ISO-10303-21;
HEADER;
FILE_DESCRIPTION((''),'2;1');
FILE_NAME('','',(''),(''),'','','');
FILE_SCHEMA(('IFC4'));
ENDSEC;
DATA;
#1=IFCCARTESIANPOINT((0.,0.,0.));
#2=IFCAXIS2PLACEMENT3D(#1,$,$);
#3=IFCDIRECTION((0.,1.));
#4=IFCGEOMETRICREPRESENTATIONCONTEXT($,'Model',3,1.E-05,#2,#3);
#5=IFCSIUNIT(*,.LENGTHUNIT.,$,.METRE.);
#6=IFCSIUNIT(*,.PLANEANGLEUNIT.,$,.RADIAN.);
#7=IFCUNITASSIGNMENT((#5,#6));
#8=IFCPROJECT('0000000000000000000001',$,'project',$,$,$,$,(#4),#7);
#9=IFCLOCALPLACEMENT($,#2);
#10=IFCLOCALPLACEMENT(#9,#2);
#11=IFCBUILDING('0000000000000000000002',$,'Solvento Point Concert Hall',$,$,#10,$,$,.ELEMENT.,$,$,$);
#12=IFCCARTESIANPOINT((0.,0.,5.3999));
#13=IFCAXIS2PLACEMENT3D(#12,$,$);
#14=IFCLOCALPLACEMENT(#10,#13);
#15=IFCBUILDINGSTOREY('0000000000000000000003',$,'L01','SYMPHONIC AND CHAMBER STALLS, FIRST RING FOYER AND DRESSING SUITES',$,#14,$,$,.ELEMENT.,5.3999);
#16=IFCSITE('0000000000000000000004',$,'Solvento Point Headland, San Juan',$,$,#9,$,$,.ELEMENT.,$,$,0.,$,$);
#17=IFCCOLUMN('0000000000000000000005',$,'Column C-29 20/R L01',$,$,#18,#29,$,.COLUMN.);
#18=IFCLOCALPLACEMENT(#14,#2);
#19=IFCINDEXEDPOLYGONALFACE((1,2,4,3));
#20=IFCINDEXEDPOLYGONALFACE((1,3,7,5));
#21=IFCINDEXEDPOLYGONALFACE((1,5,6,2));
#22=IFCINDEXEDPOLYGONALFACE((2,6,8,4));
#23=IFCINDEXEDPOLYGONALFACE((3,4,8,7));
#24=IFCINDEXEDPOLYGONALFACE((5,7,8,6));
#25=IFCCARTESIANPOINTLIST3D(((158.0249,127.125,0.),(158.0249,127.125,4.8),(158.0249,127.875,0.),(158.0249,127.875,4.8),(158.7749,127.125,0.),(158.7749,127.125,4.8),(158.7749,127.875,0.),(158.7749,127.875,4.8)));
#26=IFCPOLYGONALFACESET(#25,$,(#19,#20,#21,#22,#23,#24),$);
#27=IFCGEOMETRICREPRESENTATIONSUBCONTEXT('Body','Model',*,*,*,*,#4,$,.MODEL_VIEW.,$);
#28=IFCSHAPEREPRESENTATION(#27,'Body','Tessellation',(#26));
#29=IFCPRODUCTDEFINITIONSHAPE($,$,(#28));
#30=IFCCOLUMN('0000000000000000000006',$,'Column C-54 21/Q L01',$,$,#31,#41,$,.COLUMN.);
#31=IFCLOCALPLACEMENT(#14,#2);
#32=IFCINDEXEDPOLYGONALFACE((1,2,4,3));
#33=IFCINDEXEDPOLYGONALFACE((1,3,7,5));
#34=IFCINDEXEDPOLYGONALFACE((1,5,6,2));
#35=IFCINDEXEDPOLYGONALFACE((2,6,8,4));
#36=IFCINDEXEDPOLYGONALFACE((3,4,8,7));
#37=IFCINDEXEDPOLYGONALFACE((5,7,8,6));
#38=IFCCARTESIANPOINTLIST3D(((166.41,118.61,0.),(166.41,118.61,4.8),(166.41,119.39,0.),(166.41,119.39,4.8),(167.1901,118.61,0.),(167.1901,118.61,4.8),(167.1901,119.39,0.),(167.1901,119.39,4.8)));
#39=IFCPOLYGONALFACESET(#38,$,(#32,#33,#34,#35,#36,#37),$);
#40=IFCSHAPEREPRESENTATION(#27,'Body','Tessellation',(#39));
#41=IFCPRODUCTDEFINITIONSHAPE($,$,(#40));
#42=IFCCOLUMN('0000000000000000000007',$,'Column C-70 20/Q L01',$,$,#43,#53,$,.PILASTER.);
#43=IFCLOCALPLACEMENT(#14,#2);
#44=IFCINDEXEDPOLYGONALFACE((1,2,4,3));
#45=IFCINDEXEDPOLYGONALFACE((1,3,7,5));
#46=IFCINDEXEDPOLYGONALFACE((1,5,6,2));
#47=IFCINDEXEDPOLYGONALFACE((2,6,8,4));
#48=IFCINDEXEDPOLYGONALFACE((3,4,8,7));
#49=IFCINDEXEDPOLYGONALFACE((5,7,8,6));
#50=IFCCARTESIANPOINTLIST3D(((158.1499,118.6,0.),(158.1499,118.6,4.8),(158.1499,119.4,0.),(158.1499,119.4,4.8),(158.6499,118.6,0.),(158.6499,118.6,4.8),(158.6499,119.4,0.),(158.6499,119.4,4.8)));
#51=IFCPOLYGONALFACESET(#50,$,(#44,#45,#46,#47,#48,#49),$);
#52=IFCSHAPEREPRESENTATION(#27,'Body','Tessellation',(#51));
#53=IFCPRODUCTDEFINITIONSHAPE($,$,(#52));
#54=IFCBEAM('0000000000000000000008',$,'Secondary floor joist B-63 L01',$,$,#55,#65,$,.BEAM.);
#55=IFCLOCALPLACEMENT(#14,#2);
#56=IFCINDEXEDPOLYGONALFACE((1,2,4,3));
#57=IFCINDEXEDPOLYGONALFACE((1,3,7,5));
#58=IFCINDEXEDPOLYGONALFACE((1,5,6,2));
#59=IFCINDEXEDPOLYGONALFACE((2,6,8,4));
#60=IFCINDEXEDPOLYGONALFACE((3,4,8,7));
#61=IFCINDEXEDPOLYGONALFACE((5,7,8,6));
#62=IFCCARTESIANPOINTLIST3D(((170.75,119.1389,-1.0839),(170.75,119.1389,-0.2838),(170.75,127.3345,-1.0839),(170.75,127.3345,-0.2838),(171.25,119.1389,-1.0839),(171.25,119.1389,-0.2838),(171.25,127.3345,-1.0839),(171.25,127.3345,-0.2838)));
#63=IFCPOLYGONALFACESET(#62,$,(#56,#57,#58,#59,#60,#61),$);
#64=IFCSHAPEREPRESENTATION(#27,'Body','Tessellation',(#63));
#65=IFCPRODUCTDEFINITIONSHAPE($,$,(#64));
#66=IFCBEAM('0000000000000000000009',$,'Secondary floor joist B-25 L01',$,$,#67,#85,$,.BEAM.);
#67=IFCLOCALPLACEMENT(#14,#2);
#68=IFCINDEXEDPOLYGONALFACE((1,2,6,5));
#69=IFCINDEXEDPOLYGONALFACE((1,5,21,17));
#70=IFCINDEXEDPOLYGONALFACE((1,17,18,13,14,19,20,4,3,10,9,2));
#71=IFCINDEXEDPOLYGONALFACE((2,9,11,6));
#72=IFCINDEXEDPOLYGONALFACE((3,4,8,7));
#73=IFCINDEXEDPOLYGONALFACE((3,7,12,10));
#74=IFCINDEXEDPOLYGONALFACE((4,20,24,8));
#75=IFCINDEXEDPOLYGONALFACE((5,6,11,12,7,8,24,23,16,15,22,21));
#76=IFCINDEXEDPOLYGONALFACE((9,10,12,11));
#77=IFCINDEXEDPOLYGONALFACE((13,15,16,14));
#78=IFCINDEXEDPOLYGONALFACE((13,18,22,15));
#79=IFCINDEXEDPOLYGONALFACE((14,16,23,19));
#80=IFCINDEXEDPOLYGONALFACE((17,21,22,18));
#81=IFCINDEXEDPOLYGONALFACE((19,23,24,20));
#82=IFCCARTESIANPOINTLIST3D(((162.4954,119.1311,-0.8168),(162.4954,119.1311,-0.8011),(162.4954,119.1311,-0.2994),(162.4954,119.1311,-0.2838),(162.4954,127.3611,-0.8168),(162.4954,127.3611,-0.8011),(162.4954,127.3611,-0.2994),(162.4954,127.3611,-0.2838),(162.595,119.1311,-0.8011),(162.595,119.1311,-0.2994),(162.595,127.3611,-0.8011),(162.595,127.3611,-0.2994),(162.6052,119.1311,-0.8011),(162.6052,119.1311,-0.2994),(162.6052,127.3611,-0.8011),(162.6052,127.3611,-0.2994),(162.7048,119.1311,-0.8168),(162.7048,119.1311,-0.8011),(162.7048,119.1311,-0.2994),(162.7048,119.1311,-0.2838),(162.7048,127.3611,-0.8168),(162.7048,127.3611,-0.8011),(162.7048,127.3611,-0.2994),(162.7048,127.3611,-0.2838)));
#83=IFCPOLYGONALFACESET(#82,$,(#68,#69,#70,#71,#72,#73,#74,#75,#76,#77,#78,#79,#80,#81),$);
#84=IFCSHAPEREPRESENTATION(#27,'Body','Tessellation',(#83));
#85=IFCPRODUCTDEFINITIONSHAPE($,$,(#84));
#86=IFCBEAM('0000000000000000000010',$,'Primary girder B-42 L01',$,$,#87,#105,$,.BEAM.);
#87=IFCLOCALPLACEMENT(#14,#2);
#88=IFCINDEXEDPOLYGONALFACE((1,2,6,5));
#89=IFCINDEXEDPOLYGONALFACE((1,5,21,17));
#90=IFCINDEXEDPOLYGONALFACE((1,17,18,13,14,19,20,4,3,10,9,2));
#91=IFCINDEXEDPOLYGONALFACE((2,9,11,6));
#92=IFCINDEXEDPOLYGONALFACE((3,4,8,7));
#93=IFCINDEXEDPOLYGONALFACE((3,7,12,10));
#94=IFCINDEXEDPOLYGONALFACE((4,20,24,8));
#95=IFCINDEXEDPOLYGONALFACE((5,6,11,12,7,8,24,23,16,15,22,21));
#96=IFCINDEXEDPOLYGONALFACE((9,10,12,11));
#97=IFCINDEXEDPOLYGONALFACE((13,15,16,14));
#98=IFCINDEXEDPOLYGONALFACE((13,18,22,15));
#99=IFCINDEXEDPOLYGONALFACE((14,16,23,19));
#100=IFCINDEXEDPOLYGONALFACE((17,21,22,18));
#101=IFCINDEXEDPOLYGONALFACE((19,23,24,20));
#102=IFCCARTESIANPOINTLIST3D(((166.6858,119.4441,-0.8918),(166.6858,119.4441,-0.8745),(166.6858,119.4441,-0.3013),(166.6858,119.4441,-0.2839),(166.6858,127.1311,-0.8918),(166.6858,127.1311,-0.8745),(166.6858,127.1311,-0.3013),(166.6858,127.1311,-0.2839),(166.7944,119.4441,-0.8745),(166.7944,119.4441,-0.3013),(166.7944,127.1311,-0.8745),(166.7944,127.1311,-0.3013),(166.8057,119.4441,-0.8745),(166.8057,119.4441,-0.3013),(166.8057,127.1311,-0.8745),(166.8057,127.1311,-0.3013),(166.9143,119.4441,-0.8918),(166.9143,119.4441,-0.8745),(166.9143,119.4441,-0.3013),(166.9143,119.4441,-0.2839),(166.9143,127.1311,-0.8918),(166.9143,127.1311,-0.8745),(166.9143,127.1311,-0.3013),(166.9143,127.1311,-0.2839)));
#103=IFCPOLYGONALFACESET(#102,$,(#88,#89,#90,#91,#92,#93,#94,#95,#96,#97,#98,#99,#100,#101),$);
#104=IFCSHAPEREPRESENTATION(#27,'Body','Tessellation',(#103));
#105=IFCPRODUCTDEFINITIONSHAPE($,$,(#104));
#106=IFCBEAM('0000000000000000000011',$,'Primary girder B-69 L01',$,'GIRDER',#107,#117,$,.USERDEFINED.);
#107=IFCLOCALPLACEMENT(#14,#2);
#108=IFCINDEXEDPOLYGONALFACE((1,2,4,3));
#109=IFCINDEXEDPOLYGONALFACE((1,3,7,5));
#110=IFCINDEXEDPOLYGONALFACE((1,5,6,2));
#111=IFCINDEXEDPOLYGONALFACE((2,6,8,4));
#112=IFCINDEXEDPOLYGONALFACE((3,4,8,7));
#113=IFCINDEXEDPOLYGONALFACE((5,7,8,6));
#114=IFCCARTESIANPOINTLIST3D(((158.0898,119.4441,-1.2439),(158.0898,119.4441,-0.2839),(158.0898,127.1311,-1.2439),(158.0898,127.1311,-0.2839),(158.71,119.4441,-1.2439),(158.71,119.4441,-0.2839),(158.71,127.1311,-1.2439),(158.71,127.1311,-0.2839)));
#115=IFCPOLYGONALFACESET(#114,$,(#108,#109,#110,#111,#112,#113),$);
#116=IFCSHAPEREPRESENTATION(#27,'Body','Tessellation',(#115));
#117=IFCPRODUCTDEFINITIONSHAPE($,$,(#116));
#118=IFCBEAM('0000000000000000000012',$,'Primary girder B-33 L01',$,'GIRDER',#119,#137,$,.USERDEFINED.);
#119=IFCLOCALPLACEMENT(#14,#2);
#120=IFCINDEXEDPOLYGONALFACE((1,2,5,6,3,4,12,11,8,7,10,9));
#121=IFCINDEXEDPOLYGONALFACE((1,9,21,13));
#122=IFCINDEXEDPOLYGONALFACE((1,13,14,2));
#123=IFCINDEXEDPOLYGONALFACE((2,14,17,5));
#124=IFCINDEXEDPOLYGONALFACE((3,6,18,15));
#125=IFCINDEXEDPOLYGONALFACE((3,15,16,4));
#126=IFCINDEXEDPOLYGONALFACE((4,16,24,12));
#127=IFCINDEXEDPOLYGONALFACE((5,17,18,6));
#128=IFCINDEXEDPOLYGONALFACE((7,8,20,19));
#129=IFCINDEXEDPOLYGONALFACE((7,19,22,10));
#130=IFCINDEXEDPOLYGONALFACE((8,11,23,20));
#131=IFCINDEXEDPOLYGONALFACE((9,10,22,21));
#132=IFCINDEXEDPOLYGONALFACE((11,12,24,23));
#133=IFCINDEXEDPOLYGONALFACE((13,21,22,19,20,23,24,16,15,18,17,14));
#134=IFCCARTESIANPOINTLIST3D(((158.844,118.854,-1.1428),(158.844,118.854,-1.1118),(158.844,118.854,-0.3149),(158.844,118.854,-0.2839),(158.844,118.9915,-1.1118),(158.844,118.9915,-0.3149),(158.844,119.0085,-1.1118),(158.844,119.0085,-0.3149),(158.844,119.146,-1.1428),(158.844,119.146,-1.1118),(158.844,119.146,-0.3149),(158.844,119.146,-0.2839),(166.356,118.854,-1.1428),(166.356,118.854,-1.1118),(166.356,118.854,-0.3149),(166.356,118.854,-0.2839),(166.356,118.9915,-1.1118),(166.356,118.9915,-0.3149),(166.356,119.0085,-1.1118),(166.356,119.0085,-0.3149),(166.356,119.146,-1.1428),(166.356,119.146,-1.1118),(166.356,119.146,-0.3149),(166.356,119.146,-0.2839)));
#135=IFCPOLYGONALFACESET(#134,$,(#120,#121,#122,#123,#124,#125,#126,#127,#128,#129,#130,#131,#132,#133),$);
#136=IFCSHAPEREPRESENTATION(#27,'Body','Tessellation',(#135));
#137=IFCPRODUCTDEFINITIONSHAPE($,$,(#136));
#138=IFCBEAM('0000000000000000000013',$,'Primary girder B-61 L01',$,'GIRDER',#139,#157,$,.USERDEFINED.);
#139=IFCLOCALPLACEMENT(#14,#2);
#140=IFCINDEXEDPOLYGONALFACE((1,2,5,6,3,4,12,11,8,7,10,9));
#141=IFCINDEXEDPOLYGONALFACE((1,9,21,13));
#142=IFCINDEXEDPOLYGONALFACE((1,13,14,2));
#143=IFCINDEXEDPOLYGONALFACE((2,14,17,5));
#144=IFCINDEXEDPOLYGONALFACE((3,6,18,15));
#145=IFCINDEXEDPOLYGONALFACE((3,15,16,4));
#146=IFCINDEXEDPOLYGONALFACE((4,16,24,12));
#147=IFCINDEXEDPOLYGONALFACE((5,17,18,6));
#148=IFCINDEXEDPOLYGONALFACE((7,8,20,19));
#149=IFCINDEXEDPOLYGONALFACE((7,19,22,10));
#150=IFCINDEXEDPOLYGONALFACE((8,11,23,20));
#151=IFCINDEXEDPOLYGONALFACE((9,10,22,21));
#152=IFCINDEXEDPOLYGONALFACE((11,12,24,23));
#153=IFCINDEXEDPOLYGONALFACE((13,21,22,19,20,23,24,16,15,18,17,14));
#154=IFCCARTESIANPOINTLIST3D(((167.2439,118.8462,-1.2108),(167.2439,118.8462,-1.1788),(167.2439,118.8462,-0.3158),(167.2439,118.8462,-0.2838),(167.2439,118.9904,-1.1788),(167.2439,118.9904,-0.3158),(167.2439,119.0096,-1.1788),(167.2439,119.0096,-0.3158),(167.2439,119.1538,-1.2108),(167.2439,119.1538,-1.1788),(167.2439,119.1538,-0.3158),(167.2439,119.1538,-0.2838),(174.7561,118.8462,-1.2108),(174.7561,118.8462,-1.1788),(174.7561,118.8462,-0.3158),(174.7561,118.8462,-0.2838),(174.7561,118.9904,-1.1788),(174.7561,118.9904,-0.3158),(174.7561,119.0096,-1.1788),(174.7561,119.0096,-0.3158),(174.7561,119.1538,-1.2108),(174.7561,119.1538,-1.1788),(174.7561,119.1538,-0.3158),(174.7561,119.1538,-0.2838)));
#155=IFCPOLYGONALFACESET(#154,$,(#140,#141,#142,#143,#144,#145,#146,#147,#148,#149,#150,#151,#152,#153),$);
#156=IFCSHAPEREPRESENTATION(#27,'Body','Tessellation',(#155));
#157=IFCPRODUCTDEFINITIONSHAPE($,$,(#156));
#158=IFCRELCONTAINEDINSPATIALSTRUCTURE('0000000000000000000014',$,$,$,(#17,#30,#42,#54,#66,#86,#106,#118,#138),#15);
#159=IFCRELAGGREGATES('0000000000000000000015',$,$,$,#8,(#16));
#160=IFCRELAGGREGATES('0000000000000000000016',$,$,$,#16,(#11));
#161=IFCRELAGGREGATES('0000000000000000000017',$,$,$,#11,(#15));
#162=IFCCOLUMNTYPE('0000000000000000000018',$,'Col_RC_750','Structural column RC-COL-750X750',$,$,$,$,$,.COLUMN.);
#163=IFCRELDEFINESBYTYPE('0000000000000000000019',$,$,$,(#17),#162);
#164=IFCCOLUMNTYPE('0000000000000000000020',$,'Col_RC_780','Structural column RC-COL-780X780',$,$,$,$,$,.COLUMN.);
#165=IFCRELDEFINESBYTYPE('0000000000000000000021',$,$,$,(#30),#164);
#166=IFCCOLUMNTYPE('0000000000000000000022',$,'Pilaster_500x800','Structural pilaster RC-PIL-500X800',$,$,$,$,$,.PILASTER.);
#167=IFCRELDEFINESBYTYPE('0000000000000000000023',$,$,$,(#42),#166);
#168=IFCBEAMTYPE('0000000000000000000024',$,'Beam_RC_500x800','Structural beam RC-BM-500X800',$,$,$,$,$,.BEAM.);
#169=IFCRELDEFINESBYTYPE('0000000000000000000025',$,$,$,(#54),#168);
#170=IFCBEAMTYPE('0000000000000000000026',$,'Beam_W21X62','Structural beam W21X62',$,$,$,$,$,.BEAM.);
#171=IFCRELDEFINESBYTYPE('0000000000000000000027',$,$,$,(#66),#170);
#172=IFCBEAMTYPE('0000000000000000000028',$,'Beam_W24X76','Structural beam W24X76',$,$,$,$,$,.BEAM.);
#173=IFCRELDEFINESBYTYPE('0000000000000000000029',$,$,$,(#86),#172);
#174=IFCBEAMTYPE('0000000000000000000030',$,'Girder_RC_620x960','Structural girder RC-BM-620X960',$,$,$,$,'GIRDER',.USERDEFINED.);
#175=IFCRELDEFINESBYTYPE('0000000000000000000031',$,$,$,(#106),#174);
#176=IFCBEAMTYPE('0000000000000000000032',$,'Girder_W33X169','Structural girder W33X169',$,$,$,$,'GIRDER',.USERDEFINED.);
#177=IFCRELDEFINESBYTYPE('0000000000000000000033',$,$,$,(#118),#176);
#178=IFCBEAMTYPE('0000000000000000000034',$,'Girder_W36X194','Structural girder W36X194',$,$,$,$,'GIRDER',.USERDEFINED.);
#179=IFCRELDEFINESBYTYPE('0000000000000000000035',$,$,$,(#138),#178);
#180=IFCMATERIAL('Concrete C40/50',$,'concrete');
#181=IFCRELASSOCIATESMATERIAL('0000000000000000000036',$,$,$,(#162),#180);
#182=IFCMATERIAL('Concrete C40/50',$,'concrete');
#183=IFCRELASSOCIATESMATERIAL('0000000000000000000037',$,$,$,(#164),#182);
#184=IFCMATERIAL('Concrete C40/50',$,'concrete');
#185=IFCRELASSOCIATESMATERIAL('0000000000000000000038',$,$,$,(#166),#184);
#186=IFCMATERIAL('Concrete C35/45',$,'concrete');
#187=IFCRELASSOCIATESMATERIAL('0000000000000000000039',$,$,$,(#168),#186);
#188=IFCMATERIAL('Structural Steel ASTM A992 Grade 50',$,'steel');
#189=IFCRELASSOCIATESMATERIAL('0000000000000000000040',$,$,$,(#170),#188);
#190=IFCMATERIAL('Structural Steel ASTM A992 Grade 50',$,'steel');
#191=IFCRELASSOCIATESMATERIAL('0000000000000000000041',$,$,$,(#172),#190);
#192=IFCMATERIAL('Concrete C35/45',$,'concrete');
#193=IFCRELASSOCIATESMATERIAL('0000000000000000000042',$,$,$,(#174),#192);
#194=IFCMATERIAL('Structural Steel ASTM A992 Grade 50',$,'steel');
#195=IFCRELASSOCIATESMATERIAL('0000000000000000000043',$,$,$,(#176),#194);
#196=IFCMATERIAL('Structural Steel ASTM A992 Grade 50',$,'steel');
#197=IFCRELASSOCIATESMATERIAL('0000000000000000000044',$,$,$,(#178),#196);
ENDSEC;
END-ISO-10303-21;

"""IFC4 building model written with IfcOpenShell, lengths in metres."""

from ifc_helpers import new_model, si_unit, direction, frame, origin, origin_2d, place, context, subcontext, project, spatial, rectangle, i_section, extrude, material, material_profile, profile_set, type_object, element, save


model = new_model("IFC4")

# Units and contexts
model_context = context("Model", 3, precision=1e-05, world=origin(), true_north=direction((0.0, 1.0)))
body_context = subcontext(model_context, "Body", "Model", "MODEL_VIEW")
ifc_project = project(units=[si_unit("LENGTHUNIT", "METRE"), si_unit("PLANEANGLEUNIT", "RADIAN")], contexts=[model_context])

# Site, building, storey
site_placement = place(None, origin())
site = spatial("IfcSite", under=ifc_project, at=site_placement, Name="Solvento Point Headland, San Juan", CompositionType="ELEMENT", RefElevation=0.0)
building_placement = place(site_placement, origin())
building = spatial("IfcBuilding", under=site, at=building_placement, Name="Solvento Point Concert Hall", CompositionType="ELEMENT")
storey_placement = place(building_placement, frame((0.0, 0.0, 5.3999)))
storey = spatial("IfcBuildingStorey", under=building, at=storey_placement, Name="L01", Description="SYMPHONIC AND CHAMBER STALLS, FIRST RING FOYER AND DRESSING SUITES", CompositionType="ELEMENT", Elevation=5.3999)

# Columns
ifc_material_1 = material(Name="Concrete C40/50", Category="concrete")
ifc_material_profile_1 = material_profile(ifc_material_1, rectangle(XDim=0.75, YDim=0.75, at=origin_2d()), Name="RC-COL-750X750")
ifc_profile_set_1 = profile_set([ifc_material_profile_1], Name="Concrete C40/50")
column_type_1 = type_object("IfcColumnType", Name="Col_RC_750", Description="Structural column RC-COL-750X750", PredefinedType="COLUMN", material=ifc_profile_set_1)
column_1_placement = place(storey_placement, frame((158.3999, 127.5, 0.0), z_axis=(0.0, 0.0, 1.0), x_axis=(1.0, 0.0, 0.0)))
element("IfcColumn", 1, at=column_1_placement, inside=storey, type_object=column_type_1, Name="Column C-29 20/R L01", PredefinedType="COLUMN", context=body_context, shape_type="SweptSolid", body=[
    extrude(rectangle(XDim=0.75, YDim=0.75, at=origin_2d()), origin(), (0.0, 0.0, 1.0), 4.8),
])
ifc_material_2 = material(Name="Concrete C40/50", Category="concrete")
ifc_material_profile_2 = material_profile(ifc_material_2, rectangle(XDim=0.78, YDim=0.78, at=origin_2d()), Name="RC-COL-780X780")
ifc_profile_set_2 = profile_set([ifc_material_profile_2], Name="Concrete C40/50")
column_type_2 = type_object("IfcColumnType", Name="Col_RC_780", Description="Structural column RC-COL-780X780", PredefinedType="COLUMN", material=ifc_profile_set_2)
column_2_placement = place(storey_placement, frame((166.8, 119.0, 0.0), z_axis=(0.0, 0.0, 1.0), x_axis=(1.0, 0.0, 0.0)))
element("IfcColumn", 2, at=column_2_placement, inside=storey, type_object=column_type_2, Name="Column C-54 21/Q L01", PredefinedType="COLUMN", context=body_context, shape_type="SweptSolid", body=[
    extrude(rectangle(XDim=0.78, YDim=0.78, at=origin_2d()), origin(), (0.0, 0.0, 1.0), 4.8),
])
ifc_material_3 = material(Name="Concrete C40/50", Category="concrete")
ifc_material_profile_3 = material_profile(ifc_material_3, rectangle(XDim=0.5, YDim=0.8, at=origin_2d()), Name="RC-PIL-500X800")
ifc_profile_set_3 = profile_set([ifc_material_profile_3], Name="Concrete C40/50")
column_type_3 = type_object("IfcColumnType", Name="Pilaster_500x800", Description="Structural pilaster RC-PIL-500X800", PredefinedType="PILASTER", material=ifc_profile_set_3)
column_3_placement = place(storey_placement, frame((158.3999, 119.0, 0.0), z_axis=(0.0, 0.0, 1.0), x_axis=(1.0, 0.0, 0.0)))
element("IfcColumn", 3, at=column_3_placement, inside=storey, type_object=column_type_3, Name="Column C-70 20/Q L01", PredefinedType="PILASTER", context=body_context, shape_type="SweptSolid", body=[
    extrude(rectangle(XDim=0.5, YDim=0.8, at=origin_2d()), origin(), (0.0, 0.0, 1.0), 4.8),
])

# Beams
ifc_material_4 = material(Name="Concrete C35/45", Category="concrete")
ifc_material_profile_4 = material_profile(ifc_material_4, rectangle(XDim=0.5, YDim=0.8, at=origin_2d()), Name="RC-BM-500X800")
ifc_profile_set_4 = profile_set([ifc_material_profile_4], Name="Concrete C35/45")
beam_type_1 = type_object("IfcBeamType", Name="Beam_RC_500x800", Description="Structural beam RC-BM-500X800", PredefinedType="BEAM", material=ifc_profile_set_4)
beam_1_placement = place(storey_placement, frame((171.0, 119.1389, -0.6838), z_axis=(0.0, 1.0, 0.0), x_axis=(-1.0, 0.0, 0.0)))
element("IfcBeam", 4, at=beam_1_placement, inside=storey, type_object=beam_type_1, Name="Secondary floor joist B-63 L01", PredefinedType="BEAM", context=body_context, shape_type="SweptSolid", body=[
    extrude(rectangle(XDim=0.5, YDim=0.8, at=origin_2d()), origin(), (0.0, 0.0, 1.0), 8.1956),
])
ifc_material_5 = material(Name="Structural Steel ASTM A992 Grade 50", Category="steel")
ifc_material_profile_5 = material_profile(ifc_material_5, i_section(OverallWidth=0.2095, OverallDepth=0.533, WebThickness=0.0103, FlangeThickness=0.0156, at=origin_2d()), Name="W21X62")
ifc_profile_set_5 = profile_set([ifc_material_profile_5], Name="Structural Steel ASTM A992 Grade 50")
beam_type_2 = type_object("IfcBeamType", Name="Beam_W21X62", Description="Structural beam W21X62", PredefinedType="BEAM", material=ifc_profile_set_5)
beam_2_placement = place(storey_placement, frame((162.6001, 119.1311, -0.5503), z_axis=(0.0, 1.0, 0.0), x_axis=(-1.0, 0.0, 0.0)))
element("IfcBeam", 5, at=beam_2_placement, inside=storey, type_object=beam_type_2, Name="Secondary floor joist B-25 L01", PredefinedType="BEAM", context=body_context, shape_type="SweptSolid", body=[
    extrude(i_section(OverallWidth=0.2095, OverallDepth=0.533, WebThickness=0.0103, FlangeThickness=0.0156, at=origin_2d()), origin(), (0.0, 0.0, 1.0), 8.23),
])
ifc_material_6 = material(Name="Structural Steel ASTM A992 Grade 50", Category="steel")
ifc_material_profile_6 = material_profile(ifc_material_6, i_section(OverallWidth=0.2285, OverallDepth=0.6079, WebThickness=0.0112, FlangeThickness=0.0173, at=origin_2d()), Name="W24X76")
ifc_profile_set_6 = profile_set([ifc_material_profile_6], Name="Structural Steel ASTM A992 Grade 50")
beam_type_3 = type_object("IfcBeamType", Name="Beam_W24X76", Description="Structural beam W24X76", PredefinedType="BEAM", material=ifc_profile_set_6)
beam_3_placement = place(storey_placement, frame((166.8, 119.4441, -0.5879), z_axis=(0.0, 1.0, 0.0), x_axis=(-1.0, 0.0, 0.0)))
element("IfcBeam", 6, at=beam_3_placement, inside=storey, type_object=beam_type_3, Name="Primary girder B-42 L01", PredefinedType="BEAM", context=body_context, shape_type="SweptSolid", body=[
    extrude(i_section(OverallWidth=0.2285, OverallDepth=0.6079, WebThickness=0.0112, FlangeThickness=0.0173, at=origin_2d()), origin(), (0.0, 0.0, 1.0), 7.687),
])
ifc_material_7 = material(Name="Concrete C35/45", Category="concrete")
ifc_material_profile_7 = material_profile(ifc_material_7, rectangle(XDim=0.6201, YDim=0.96, at=origin_2d()), Name="RC-BM-620X960")
ifc_profile_set_7 = profile_set([ifc_material_profile_7], Name="Concrete C35/45")
beam_type_4 = type_object("IfcBeamType", Name="Girder_RC_620x960", Description="Structural girder RC-BM-620X960", ElementType="GIRDER", PredefinedType="USERDEFINED", material=ifc_profile_set_7)
beam_4_placement = place(storey_placement, frame((158.3999, 119.4441, -0.7639), z_axis=(0.0, 1.0, 0.0), x_axis=(-1.0, 0.0, 0.0)))
element("IfcBeam", 7, at=beam_4_placement, inside=storey, type_object=beam_type_4, Name="Primary girder B-69 L01", ObjectType="GIRDER", PredefinedType="USERDEFINED", context=body_context, shape_type="SweptSolid", body=[
    extrude(rectangle(XDim=0.6201, YDim=0.96, at=origin_2d()), origin(), (0.0, 0.0, 1.0), 7.687),
])
ifc_material_8 = material(Name="Structural Steel ASTM A992 Grade 50", Category="steel")
ifc_material_profile_8 = material_profile(ifc_material_8, i_section(OverallWidth=0.292, OverallDepth=0.8589, WebThickness=0.0171, FlangeThickness=0.031, at=origin_2d()), Name="W33X169")
ifc_profile_set_8 = profile_set([ifc_material_profile_8], Name="Structural Steel ASTM A992 Grade 50")
beam_type_5 = type_object("IfcBeamType", Name="Girder_W33X169", Description="Structural girder W33X169", ElementType="GIRDER", PredefinedType="USERDEFINED", material=ifc_profile_set_8)
beam_5_placement = place(storey_placement, frame((158.844, 119.0, -0.7134), z_axis=(1.0, 0.0, 0.0), x_axis=(0.0, 1.0, 0.0)))
element("IfcBeam", 8, at=beam_5_placement, inside=storey, type_object=beam_type_5, Name="Primary girder B-33 L01", ObjectType="GIRDER", PredefinedType="USERDEFINED", context=body_context, shape_type="SweptSolid", body=[
    extrude(i_section(OverallWidth=0.292, OverallDepth=0.8589, WebThickness=0.0171, FlangeThickness=0.031, at=origin_2d()), origin(), (0.0, 0.0, 1.0), 7.512),
])
ifc_material_9 = material(Name="Structural Steel ASTM A992 Grade 50", Category="steel")
ifc_material_profile_9 = material_profile(ifc_material_9, i_section(OverallWidth=0.3076, OverallDepth=0.927, WebThickness=0.0193, FlangeThickness=0.032, at=origin_2d()), Name="W36X194")
ifc_profile_set_9 = profile_set([ifc_material_profile_9], Name="Structural Steel ASTM A992 Grade 50")
beam_type_6 = type_object("IfcBeamType", Name="Girder_W36X194", Description="Structural girder W36X194", ElementType="GIRDER", PredefinedType="USERDEFINED", material=ifc_profile_set_9)
beam_6_placement = place(storey_placement, frame((167.2439, 119.0, -0.7473), z_axis=(1.0, 0.0, 0.0), x_axis=(0.0, 1.0, 0.0)))
element("IfcBeam", 9, at=beam_6_placement, inside=storey, type_object=beam_type_6, Name="Primary girder B-61 L01", ObjectType="GIRDER", PredefinedType="USERDEFINED", context=body_context, shape_type="SweptSolid", body=[
    extrude(i_section(OverallWidth=0.3076, OverallDepth=0.927, WebThickness=0.0193, FlangeThickness=0.032, at=origin_2d()), origin(), (0.0, 0.0, 1.0), 7.5122),
])

save(model, "model.ifc")
